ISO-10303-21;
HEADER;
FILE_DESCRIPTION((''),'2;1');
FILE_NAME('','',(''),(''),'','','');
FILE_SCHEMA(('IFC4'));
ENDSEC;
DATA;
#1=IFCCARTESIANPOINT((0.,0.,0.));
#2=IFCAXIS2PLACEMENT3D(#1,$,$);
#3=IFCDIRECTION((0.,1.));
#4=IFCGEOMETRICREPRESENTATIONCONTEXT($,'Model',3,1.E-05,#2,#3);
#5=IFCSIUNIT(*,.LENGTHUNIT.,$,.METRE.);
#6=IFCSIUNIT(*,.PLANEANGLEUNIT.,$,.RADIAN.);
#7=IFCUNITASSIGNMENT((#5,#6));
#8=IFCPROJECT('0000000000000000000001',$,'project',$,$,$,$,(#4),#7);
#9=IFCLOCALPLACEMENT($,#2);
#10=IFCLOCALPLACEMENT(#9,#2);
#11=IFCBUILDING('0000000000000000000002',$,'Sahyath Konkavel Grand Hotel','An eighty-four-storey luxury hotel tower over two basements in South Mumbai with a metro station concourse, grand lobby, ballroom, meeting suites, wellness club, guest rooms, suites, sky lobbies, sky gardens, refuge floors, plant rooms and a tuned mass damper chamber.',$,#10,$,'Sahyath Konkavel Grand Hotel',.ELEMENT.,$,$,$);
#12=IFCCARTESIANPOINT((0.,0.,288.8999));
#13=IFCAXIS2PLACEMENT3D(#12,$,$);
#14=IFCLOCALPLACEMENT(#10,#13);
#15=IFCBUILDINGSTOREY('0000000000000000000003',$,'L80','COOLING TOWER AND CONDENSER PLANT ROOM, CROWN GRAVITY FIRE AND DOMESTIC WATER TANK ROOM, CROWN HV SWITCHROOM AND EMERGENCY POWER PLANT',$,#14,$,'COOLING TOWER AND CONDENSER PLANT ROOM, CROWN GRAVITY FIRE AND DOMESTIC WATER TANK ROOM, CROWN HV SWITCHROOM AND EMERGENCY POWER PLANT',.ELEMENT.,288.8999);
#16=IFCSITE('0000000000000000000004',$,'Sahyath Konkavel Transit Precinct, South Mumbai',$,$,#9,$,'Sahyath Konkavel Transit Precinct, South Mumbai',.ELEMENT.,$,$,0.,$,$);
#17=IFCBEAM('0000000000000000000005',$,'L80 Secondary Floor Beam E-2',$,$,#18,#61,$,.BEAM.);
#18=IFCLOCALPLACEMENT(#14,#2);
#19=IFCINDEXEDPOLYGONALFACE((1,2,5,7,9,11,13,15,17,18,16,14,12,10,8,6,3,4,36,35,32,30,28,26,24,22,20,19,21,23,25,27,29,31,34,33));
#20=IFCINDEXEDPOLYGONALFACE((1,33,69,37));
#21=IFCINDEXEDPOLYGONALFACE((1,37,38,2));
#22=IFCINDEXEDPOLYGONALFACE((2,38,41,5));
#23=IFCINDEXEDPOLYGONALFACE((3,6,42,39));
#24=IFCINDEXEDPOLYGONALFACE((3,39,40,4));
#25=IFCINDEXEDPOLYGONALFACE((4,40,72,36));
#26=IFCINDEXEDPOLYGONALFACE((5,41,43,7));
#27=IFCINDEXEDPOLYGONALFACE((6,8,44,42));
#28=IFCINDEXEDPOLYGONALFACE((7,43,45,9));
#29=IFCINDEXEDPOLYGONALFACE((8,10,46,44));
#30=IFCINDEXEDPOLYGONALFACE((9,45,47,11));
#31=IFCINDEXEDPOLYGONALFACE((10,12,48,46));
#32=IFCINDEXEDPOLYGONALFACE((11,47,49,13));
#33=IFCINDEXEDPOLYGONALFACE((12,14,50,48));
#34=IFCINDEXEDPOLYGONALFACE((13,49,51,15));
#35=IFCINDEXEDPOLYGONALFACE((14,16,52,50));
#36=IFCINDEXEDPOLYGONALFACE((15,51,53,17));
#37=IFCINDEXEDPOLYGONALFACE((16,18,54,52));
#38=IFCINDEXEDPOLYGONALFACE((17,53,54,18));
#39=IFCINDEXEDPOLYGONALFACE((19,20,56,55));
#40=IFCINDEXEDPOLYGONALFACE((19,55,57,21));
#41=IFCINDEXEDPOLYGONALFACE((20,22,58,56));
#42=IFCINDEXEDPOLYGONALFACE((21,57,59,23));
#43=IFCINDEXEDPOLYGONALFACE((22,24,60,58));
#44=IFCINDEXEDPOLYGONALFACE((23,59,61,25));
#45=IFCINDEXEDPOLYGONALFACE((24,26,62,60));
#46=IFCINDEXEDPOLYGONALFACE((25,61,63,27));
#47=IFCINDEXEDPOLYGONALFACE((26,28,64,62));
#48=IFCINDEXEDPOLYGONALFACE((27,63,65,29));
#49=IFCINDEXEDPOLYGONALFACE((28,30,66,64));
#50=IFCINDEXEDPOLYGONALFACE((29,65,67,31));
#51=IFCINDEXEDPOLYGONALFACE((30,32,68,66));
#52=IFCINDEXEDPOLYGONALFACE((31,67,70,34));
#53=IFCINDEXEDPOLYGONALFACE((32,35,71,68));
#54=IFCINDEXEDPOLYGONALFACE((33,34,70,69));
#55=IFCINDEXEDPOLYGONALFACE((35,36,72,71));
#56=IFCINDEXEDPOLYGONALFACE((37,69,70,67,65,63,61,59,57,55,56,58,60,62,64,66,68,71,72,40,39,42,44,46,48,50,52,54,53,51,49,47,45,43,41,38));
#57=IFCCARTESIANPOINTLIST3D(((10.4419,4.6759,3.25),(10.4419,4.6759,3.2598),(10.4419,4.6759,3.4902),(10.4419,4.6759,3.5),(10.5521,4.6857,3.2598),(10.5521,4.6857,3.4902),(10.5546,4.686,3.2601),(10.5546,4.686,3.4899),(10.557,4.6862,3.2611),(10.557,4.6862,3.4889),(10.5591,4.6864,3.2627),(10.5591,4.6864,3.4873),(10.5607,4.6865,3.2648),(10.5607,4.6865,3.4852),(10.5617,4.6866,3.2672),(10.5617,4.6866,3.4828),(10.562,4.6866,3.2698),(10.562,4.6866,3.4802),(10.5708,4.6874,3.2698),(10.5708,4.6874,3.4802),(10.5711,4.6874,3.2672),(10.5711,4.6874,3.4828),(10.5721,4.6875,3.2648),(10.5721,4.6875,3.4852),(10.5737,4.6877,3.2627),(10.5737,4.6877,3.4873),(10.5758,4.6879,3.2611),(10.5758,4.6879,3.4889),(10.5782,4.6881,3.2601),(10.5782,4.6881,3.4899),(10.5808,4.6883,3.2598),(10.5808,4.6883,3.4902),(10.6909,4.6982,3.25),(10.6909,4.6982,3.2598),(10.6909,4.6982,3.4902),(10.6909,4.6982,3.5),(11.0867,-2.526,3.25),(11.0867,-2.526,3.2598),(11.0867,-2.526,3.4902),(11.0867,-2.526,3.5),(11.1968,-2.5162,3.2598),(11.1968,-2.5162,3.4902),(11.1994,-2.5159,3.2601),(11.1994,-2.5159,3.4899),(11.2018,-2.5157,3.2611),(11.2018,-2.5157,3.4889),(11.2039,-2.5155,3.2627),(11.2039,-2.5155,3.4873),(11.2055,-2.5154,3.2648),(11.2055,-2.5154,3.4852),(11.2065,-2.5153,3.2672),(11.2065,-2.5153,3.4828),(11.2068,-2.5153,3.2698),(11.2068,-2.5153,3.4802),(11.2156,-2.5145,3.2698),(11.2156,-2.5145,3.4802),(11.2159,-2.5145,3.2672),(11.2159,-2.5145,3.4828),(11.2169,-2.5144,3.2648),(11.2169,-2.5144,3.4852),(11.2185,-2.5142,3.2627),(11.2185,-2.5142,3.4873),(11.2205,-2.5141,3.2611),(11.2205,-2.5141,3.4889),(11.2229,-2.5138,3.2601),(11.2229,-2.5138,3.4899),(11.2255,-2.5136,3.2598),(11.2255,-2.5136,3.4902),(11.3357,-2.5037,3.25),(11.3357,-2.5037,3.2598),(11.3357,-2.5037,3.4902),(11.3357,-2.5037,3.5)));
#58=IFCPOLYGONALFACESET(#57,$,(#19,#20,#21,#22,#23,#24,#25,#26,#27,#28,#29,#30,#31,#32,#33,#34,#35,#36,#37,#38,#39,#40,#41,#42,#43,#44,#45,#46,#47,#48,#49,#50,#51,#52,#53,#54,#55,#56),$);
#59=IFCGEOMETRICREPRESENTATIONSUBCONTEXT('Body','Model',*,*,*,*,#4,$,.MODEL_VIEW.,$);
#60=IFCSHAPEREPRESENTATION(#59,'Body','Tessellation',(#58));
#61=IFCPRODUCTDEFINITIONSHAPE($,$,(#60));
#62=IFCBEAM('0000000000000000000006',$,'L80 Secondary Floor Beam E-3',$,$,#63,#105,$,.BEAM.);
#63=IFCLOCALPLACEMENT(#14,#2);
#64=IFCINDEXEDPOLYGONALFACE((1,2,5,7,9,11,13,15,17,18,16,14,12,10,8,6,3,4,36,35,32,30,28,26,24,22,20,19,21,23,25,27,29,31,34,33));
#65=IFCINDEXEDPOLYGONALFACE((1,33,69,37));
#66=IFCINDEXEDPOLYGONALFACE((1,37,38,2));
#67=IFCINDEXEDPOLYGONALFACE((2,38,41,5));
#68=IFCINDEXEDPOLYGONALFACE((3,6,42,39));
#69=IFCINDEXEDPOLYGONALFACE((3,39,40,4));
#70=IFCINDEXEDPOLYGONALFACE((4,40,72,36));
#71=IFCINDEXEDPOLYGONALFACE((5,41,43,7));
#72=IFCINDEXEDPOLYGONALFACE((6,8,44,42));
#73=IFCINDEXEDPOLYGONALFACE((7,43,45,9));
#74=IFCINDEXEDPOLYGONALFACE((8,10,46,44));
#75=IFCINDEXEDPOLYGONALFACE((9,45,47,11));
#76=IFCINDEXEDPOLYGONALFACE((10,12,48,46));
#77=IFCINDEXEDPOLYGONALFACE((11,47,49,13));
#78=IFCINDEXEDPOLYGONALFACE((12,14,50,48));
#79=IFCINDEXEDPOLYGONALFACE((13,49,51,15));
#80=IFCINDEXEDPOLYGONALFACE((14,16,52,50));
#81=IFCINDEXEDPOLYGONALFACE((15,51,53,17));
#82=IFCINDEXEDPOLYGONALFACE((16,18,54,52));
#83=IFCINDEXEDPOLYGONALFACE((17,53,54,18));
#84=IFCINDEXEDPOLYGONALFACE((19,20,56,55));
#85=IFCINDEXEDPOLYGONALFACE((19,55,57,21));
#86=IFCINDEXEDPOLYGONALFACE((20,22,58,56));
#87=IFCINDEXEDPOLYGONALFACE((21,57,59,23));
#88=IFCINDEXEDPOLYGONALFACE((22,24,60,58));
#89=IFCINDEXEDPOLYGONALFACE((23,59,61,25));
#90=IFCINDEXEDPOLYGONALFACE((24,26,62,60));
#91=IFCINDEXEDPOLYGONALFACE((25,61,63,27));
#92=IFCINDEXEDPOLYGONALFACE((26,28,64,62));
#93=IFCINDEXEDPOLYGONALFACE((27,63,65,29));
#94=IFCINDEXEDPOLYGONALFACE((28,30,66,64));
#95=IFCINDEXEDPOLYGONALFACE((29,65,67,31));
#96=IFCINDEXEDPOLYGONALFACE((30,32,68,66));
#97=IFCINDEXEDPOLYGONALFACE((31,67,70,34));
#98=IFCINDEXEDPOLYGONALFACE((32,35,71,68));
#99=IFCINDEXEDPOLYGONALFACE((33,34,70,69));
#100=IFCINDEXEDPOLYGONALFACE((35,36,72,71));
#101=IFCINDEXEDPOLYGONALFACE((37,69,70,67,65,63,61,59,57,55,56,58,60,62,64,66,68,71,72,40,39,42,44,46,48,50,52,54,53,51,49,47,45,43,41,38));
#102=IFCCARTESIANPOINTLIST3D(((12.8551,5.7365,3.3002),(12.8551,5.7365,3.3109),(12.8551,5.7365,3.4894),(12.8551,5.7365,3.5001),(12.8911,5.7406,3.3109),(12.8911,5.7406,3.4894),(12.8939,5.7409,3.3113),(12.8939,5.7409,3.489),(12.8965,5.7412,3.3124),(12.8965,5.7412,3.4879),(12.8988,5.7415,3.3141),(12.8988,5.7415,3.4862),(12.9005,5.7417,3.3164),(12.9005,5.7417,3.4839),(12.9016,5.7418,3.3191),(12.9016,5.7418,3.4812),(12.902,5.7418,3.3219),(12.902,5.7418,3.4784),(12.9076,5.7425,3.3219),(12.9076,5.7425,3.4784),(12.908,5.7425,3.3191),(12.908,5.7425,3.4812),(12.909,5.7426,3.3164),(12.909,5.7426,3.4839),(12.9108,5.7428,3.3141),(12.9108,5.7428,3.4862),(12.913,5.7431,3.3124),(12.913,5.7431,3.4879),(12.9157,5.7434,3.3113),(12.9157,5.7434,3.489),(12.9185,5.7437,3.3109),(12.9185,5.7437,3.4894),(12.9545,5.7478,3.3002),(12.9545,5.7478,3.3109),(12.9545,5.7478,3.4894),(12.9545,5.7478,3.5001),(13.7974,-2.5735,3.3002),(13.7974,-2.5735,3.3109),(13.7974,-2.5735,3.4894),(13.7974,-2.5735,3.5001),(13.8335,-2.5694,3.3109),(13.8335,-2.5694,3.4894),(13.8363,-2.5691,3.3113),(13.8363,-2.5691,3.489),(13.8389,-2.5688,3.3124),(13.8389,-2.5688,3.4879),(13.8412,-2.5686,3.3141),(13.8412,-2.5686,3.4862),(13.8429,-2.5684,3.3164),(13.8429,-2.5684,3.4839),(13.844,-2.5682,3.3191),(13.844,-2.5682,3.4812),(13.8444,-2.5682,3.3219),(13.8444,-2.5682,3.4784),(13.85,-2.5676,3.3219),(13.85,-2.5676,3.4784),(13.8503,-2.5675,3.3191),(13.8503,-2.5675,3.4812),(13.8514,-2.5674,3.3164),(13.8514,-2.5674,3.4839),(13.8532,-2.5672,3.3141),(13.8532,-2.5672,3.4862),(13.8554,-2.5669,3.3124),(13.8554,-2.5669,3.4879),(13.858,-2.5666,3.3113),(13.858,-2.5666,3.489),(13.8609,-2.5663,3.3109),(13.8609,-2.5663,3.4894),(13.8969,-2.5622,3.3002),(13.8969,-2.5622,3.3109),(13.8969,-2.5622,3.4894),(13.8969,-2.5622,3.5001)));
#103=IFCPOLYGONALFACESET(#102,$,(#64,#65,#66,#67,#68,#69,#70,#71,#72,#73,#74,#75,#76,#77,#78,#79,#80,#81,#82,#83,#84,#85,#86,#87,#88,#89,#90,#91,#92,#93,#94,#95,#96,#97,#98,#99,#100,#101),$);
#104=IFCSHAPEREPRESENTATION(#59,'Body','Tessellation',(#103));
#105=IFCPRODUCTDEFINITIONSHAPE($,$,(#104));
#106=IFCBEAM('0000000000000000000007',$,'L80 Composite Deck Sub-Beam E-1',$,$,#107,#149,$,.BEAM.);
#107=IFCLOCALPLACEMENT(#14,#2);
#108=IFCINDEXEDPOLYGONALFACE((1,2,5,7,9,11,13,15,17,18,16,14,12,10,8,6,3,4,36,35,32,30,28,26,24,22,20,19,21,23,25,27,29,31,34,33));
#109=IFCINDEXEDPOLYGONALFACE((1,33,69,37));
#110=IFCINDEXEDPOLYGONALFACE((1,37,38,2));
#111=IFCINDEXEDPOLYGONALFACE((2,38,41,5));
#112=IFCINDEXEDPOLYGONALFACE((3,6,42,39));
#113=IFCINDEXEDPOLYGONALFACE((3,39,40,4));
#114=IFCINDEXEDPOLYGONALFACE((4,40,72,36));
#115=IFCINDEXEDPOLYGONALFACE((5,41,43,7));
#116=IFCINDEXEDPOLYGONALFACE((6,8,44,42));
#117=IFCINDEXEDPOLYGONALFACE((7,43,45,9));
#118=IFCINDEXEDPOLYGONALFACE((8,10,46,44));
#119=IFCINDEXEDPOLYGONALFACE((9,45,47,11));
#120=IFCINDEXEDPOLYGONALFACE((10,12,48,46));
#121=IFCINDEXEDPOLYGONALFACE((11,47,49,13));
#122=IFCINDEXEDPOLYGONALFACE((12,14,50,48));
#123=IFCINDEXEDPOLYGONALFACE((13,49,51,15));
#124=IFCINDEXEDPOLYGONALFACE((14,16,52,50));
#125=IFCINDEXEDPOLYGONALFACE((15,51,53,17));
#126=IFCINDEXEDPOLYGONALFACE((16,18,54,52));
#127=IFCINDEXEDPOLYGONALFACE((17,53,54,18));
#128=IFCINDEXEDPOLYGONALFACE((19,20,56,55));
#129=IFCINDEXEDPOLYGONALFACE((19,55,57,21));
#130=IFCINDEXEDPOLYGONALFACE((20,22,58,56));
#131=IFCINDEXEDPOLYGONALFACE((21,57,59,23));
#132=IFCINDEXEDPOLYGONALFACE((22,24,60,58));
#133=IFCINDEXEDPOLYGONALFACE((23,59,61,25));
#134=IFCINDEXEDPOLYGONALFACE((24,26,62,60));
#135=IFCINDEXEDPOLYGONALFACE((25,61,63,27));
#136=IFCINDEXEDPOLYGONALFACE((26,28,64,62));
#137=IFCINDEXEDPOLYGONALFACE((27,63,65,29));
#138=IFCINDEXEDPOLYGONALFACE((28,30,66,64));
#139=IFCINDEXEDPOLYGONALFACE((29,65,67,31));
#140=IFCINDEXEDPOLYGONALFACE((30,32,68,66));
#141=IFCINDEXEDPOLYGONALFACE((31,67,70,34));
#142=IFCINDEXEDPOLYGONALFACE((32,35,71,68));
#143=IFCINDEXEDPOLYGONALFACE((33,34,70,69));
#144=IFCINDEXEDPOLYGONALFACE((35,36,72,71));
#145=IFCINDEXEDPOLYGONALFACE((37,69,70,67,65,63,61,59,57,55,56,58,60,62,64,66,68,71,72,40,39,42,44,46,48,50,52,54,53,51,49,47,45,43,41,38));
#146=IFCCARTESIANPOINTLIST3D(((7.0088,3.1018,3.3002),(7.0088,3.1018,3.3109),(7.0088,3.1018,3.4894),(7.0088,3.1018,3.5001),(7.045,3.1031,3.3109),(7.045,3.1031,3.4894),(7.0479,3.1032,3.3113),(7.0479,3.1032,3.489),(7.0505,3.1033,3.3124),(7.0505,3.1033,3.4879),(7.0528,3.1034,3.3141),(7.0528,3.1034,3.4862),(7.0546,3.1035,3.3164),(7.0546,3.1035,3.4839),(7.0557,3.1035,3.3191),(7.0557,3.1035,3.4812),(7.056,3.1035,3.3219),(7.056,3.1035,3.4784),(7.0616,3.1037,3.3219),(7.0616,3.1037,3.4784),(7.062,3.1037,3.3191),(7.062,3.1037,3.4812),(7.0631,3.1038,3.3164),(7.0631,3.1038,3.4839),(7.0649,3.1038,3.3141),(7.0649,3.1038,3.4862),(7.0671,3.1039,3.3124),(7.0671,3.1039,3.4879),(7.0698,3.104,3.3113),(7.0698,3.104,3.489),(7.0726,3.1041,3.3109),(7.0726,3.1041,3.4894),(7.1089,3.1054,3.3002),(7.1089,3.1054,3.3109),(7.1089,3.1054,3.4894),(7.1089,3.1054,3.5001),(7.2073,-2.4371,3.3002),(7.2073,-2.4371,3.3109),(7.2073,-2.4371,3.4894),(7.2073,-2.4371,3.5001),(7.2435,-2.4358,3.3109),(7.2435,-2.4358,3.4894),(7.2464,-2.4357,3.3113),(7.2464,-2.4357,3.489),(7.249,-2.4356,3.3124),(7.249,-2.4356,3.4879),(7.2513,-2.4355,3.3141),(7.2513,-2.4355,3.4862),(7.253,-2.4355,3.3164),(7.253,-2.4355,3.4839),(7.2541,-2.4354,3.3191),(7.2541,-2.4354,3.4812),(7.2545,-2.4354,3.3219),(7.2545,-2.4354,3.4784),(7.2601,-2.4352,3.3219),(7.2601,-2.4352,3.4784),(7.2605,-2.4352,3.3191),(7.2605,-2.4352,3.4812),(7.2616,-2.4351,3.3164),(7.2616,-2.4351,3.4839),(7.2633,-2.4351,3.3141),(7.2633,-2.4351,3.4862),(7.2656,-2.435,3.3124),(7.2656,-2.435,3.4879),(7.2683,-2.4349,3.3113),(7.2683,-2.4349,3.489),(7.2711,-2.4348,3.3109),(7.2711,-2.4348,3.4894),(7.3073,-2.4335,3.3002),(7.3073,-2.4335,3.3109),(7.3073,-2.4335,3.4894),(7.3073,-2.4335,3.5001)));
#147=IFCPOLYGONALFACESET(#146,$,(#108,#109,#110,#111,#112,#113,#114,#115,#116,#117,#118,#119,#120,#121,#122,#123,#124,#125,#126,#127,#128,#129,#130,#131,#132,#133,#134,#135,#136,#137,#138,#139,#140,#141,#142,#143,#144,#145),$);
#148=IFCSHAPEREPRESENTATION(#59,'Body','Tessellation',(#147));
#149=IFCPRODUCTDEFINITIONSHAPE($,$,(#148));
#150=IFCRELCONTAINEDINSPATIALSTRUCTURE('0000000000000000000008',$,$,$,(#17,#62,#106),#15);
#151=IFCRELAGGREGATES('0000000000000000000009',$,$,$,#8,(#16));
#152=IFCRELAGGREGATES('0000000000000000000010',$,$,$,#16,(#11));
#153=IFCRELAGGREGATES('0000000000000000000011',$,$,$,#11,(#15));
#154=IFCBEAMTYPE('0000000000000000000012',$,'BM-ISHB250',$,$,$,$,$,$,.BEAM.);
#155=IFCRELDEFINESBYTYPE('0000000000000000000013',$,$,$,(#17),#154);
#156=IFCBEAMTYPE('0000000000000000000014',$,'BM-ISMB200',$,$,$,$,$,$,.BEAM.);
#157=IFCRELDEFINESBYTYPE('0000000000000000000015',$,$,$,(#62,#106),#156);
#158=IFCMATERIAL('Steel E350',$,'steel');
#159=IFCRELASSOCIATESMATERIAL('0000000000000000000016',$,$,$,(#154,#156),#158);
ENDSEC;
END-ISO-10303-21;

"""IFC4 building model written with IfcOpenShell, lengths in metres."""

from ifc_helpers import new_model, si_unit, direction, frame, origin, origin_2d, place, context, subcontext, project, spatial, i_section, extrude, source, transform, mapped, material, material_profile, profile_set, type_object, element, save


model = new_model("IFC4")

# Units and contexts
model_context = context("Model", 3, precision=1e-05, world=origin(), true_north=direction((0.0, 1.0)))
body_context = subcontext(model_context, "Body", "Model", "MODEL_VIEW")
ifc_project = project(units=[si_unit("LENGTHUNIT", "METRE"), si_unit("PLANEANGLEUNIT", "RADIAN")], contexts=[model_context])

# Site, building, storey
site_placement = place(None, origin())
site = spatial("IfcSite", under=ifc_project, at=site_placement, Name="Sahyath Konkavel Transit Precinct, South Mumbai", LongName="Sahyath Konkavel Transit Precinct, South Mumbai", CompositionType="ELEMENT", RefElevation=0.0)
building_placement = place(site_placement, origin())
building = spatial("IfcBuilding", under=site, at=building_placement, Name="Sahyath Konkavel Grand Hotel", Description="An eighty-four-storey luxury hotel tower over two basements in South Mumbai with a metro station concourse, grand lobby, ballroom, meeting suites, wellness club, guest rooms, suites, sky lobbies, sky gardens, refuge floors, plant rooms and a tuned mass damper chamber.", LongName="Sahyath Konkavel Grand Hotel", CompositionType="ELEMENT")
storey_placement = place(building_placement, frame((0.0, 0.0, 288.8999)))
storey = spatial("IfcBuildingStorey", under=building, at=storey_placement, Name="L80", Description="COOLING TOWER AND CONDENSER PLANT ROOM, CROWN GRAVITY FIRE AND DOMESTIC WATER TANK ROOM, CROWN HV SWITCHROOM AND EMERGENCY POWER PLANT", LongName="COOLING TOWER AND CONDENSER PLANT ROOM, CROWN GRAVITY FIRE AND DOMESTIC WATER TANK ROOM, CROWN HV SWITCHROOM AND EMERGENCY POWER PLANT", CompositionType="ELEMENT", Elevation=288.8999)

# Beams
ifc_material_1 = material(Name="Steel E350", Category="steel")
ifc_material_profile_1 = material_profile(ifc_material_1, i_section(OverallWidth=0.25, OverallDepth=0.25, WebThickness=0.0088, FlangeThickness=0.0098, FilletRadius=0.01, at=origin_2d()), Name="ISHB 250")
ifc_profile_set_1 = profile_set([ifc_material_profile_1], Name="Steel E350")
beam_type_1 = type_object("IfcBeamType", Name="BM-ISHB250", PredefinedType="BEAM", material=ifc_profile_set_1)
shared_shape_1 = source(origin(), body_context, "Body", "SweptSolid", [
    extrude(i_section(OverallWidth=0.25, OverallDepth=0.25, WebThickness=0.0088, FlangeThickness=0.0098, FilletRadius=0.01, at=origin_2d()), origin(), (0.0, 0.0, 1.0), 7.2307),
])
beam_1_placement = place(storey_placement, frame((11.2112, -2.5149, 3.375), z_axis=(-0.089172, 0.996016, 0.0), x_axis=(-0.996016, -0.089172, 0.0)))
element("IfcBeam", 1, at=beam_1_placement, inside=storey, type_object=beam_type_1, Name="L80 Secondary Floor Beam E-2", PredefinedType="BEAM", context=body_context, shape_type="MappedRepresentation", body=[
    mapped(shared_shape_1, transform((0.0, 0.0, 0.0), scale=1.0)),
])
ifc_material_profile_2 = material_profile(ifc_material_1, i_section(OverallWidth=0.1001, OverallDepth=0.2, WebThickness=0.0056, FlangeThickness=0.0107, FilletRadius=0.011, at=origin_2d()), Name="ISMB 200")
ifc_profile_set_2 = profile_set([ifc_material_profile_2], Name="Steel E350")
beam_type_2 = type_object("IfcBeamType", Name="BM-ISMB200", PredefinedType="BEAM", material=ifc_profile_set_2)
shared_shape_2 = source(origin(), body_context, "Body", "SweptSolid", [
    extrude(i_section(OverallWidth=0.1001, OverallDepth=0.2, WebThickness=0.0056, FlangeThickness=0.0107, FilletRadius=0.011, at=origin_2d()), origin(), (0.0, 0.0, 1.0), 8.3633),
])
beam_2_placement = place(storey_placement, frame((13.8472, -2.5679, 3.4001), z_axis=(-0.11268, 0.993631, 0.0), x_axis=(-0.993631, -0.11268, 0.0)))
element("IfcBeam", 2, at=beam_2_placement, inside=storey, type_object=beam_type_2, Name="L80 Secondary Floor Beam E-3", PredefinedType="BEAM", context=body_context, shape_type="MappedRepresentation", body=[
    mapped(shared_shape_2, transform((0.0, 0.0, 0.0), scale=1.0)),
])
shared_shape_3 = source(origin(), body_context, "Body", "SweptSolid", [
    extrude(i_section(OverallWidth=0.1001, OverallDepth=0.2, WebThickness=0.0056, FlangeThickness=0.0107, FilletRadius=0.011, at=origin_2d()), origin(), (0.0, 0.0, 1.0), 5.5425),
])
beam_3_placement = place(storey_placement, frame((7.2573, -2.4353, 3.4001), z_axis=(-0.035813, 0.999359, 0.0), x_axis=(-0.999359, -0.035813, 0.0)))
element("IfcBeam", 3, at=beam_3_placement, inside=storey, type_object=beam_type_2, Name="L80 Composite Deck Sub-Beam E-1", PredefinedType="BEAM", context=body_context, shape_type="MappedRepresentation", body=[
    mapped(shared_shape_3, transform((0.0, 0.0, 0.0), scale=1.0)),
])

save(model, "model.ifc")
